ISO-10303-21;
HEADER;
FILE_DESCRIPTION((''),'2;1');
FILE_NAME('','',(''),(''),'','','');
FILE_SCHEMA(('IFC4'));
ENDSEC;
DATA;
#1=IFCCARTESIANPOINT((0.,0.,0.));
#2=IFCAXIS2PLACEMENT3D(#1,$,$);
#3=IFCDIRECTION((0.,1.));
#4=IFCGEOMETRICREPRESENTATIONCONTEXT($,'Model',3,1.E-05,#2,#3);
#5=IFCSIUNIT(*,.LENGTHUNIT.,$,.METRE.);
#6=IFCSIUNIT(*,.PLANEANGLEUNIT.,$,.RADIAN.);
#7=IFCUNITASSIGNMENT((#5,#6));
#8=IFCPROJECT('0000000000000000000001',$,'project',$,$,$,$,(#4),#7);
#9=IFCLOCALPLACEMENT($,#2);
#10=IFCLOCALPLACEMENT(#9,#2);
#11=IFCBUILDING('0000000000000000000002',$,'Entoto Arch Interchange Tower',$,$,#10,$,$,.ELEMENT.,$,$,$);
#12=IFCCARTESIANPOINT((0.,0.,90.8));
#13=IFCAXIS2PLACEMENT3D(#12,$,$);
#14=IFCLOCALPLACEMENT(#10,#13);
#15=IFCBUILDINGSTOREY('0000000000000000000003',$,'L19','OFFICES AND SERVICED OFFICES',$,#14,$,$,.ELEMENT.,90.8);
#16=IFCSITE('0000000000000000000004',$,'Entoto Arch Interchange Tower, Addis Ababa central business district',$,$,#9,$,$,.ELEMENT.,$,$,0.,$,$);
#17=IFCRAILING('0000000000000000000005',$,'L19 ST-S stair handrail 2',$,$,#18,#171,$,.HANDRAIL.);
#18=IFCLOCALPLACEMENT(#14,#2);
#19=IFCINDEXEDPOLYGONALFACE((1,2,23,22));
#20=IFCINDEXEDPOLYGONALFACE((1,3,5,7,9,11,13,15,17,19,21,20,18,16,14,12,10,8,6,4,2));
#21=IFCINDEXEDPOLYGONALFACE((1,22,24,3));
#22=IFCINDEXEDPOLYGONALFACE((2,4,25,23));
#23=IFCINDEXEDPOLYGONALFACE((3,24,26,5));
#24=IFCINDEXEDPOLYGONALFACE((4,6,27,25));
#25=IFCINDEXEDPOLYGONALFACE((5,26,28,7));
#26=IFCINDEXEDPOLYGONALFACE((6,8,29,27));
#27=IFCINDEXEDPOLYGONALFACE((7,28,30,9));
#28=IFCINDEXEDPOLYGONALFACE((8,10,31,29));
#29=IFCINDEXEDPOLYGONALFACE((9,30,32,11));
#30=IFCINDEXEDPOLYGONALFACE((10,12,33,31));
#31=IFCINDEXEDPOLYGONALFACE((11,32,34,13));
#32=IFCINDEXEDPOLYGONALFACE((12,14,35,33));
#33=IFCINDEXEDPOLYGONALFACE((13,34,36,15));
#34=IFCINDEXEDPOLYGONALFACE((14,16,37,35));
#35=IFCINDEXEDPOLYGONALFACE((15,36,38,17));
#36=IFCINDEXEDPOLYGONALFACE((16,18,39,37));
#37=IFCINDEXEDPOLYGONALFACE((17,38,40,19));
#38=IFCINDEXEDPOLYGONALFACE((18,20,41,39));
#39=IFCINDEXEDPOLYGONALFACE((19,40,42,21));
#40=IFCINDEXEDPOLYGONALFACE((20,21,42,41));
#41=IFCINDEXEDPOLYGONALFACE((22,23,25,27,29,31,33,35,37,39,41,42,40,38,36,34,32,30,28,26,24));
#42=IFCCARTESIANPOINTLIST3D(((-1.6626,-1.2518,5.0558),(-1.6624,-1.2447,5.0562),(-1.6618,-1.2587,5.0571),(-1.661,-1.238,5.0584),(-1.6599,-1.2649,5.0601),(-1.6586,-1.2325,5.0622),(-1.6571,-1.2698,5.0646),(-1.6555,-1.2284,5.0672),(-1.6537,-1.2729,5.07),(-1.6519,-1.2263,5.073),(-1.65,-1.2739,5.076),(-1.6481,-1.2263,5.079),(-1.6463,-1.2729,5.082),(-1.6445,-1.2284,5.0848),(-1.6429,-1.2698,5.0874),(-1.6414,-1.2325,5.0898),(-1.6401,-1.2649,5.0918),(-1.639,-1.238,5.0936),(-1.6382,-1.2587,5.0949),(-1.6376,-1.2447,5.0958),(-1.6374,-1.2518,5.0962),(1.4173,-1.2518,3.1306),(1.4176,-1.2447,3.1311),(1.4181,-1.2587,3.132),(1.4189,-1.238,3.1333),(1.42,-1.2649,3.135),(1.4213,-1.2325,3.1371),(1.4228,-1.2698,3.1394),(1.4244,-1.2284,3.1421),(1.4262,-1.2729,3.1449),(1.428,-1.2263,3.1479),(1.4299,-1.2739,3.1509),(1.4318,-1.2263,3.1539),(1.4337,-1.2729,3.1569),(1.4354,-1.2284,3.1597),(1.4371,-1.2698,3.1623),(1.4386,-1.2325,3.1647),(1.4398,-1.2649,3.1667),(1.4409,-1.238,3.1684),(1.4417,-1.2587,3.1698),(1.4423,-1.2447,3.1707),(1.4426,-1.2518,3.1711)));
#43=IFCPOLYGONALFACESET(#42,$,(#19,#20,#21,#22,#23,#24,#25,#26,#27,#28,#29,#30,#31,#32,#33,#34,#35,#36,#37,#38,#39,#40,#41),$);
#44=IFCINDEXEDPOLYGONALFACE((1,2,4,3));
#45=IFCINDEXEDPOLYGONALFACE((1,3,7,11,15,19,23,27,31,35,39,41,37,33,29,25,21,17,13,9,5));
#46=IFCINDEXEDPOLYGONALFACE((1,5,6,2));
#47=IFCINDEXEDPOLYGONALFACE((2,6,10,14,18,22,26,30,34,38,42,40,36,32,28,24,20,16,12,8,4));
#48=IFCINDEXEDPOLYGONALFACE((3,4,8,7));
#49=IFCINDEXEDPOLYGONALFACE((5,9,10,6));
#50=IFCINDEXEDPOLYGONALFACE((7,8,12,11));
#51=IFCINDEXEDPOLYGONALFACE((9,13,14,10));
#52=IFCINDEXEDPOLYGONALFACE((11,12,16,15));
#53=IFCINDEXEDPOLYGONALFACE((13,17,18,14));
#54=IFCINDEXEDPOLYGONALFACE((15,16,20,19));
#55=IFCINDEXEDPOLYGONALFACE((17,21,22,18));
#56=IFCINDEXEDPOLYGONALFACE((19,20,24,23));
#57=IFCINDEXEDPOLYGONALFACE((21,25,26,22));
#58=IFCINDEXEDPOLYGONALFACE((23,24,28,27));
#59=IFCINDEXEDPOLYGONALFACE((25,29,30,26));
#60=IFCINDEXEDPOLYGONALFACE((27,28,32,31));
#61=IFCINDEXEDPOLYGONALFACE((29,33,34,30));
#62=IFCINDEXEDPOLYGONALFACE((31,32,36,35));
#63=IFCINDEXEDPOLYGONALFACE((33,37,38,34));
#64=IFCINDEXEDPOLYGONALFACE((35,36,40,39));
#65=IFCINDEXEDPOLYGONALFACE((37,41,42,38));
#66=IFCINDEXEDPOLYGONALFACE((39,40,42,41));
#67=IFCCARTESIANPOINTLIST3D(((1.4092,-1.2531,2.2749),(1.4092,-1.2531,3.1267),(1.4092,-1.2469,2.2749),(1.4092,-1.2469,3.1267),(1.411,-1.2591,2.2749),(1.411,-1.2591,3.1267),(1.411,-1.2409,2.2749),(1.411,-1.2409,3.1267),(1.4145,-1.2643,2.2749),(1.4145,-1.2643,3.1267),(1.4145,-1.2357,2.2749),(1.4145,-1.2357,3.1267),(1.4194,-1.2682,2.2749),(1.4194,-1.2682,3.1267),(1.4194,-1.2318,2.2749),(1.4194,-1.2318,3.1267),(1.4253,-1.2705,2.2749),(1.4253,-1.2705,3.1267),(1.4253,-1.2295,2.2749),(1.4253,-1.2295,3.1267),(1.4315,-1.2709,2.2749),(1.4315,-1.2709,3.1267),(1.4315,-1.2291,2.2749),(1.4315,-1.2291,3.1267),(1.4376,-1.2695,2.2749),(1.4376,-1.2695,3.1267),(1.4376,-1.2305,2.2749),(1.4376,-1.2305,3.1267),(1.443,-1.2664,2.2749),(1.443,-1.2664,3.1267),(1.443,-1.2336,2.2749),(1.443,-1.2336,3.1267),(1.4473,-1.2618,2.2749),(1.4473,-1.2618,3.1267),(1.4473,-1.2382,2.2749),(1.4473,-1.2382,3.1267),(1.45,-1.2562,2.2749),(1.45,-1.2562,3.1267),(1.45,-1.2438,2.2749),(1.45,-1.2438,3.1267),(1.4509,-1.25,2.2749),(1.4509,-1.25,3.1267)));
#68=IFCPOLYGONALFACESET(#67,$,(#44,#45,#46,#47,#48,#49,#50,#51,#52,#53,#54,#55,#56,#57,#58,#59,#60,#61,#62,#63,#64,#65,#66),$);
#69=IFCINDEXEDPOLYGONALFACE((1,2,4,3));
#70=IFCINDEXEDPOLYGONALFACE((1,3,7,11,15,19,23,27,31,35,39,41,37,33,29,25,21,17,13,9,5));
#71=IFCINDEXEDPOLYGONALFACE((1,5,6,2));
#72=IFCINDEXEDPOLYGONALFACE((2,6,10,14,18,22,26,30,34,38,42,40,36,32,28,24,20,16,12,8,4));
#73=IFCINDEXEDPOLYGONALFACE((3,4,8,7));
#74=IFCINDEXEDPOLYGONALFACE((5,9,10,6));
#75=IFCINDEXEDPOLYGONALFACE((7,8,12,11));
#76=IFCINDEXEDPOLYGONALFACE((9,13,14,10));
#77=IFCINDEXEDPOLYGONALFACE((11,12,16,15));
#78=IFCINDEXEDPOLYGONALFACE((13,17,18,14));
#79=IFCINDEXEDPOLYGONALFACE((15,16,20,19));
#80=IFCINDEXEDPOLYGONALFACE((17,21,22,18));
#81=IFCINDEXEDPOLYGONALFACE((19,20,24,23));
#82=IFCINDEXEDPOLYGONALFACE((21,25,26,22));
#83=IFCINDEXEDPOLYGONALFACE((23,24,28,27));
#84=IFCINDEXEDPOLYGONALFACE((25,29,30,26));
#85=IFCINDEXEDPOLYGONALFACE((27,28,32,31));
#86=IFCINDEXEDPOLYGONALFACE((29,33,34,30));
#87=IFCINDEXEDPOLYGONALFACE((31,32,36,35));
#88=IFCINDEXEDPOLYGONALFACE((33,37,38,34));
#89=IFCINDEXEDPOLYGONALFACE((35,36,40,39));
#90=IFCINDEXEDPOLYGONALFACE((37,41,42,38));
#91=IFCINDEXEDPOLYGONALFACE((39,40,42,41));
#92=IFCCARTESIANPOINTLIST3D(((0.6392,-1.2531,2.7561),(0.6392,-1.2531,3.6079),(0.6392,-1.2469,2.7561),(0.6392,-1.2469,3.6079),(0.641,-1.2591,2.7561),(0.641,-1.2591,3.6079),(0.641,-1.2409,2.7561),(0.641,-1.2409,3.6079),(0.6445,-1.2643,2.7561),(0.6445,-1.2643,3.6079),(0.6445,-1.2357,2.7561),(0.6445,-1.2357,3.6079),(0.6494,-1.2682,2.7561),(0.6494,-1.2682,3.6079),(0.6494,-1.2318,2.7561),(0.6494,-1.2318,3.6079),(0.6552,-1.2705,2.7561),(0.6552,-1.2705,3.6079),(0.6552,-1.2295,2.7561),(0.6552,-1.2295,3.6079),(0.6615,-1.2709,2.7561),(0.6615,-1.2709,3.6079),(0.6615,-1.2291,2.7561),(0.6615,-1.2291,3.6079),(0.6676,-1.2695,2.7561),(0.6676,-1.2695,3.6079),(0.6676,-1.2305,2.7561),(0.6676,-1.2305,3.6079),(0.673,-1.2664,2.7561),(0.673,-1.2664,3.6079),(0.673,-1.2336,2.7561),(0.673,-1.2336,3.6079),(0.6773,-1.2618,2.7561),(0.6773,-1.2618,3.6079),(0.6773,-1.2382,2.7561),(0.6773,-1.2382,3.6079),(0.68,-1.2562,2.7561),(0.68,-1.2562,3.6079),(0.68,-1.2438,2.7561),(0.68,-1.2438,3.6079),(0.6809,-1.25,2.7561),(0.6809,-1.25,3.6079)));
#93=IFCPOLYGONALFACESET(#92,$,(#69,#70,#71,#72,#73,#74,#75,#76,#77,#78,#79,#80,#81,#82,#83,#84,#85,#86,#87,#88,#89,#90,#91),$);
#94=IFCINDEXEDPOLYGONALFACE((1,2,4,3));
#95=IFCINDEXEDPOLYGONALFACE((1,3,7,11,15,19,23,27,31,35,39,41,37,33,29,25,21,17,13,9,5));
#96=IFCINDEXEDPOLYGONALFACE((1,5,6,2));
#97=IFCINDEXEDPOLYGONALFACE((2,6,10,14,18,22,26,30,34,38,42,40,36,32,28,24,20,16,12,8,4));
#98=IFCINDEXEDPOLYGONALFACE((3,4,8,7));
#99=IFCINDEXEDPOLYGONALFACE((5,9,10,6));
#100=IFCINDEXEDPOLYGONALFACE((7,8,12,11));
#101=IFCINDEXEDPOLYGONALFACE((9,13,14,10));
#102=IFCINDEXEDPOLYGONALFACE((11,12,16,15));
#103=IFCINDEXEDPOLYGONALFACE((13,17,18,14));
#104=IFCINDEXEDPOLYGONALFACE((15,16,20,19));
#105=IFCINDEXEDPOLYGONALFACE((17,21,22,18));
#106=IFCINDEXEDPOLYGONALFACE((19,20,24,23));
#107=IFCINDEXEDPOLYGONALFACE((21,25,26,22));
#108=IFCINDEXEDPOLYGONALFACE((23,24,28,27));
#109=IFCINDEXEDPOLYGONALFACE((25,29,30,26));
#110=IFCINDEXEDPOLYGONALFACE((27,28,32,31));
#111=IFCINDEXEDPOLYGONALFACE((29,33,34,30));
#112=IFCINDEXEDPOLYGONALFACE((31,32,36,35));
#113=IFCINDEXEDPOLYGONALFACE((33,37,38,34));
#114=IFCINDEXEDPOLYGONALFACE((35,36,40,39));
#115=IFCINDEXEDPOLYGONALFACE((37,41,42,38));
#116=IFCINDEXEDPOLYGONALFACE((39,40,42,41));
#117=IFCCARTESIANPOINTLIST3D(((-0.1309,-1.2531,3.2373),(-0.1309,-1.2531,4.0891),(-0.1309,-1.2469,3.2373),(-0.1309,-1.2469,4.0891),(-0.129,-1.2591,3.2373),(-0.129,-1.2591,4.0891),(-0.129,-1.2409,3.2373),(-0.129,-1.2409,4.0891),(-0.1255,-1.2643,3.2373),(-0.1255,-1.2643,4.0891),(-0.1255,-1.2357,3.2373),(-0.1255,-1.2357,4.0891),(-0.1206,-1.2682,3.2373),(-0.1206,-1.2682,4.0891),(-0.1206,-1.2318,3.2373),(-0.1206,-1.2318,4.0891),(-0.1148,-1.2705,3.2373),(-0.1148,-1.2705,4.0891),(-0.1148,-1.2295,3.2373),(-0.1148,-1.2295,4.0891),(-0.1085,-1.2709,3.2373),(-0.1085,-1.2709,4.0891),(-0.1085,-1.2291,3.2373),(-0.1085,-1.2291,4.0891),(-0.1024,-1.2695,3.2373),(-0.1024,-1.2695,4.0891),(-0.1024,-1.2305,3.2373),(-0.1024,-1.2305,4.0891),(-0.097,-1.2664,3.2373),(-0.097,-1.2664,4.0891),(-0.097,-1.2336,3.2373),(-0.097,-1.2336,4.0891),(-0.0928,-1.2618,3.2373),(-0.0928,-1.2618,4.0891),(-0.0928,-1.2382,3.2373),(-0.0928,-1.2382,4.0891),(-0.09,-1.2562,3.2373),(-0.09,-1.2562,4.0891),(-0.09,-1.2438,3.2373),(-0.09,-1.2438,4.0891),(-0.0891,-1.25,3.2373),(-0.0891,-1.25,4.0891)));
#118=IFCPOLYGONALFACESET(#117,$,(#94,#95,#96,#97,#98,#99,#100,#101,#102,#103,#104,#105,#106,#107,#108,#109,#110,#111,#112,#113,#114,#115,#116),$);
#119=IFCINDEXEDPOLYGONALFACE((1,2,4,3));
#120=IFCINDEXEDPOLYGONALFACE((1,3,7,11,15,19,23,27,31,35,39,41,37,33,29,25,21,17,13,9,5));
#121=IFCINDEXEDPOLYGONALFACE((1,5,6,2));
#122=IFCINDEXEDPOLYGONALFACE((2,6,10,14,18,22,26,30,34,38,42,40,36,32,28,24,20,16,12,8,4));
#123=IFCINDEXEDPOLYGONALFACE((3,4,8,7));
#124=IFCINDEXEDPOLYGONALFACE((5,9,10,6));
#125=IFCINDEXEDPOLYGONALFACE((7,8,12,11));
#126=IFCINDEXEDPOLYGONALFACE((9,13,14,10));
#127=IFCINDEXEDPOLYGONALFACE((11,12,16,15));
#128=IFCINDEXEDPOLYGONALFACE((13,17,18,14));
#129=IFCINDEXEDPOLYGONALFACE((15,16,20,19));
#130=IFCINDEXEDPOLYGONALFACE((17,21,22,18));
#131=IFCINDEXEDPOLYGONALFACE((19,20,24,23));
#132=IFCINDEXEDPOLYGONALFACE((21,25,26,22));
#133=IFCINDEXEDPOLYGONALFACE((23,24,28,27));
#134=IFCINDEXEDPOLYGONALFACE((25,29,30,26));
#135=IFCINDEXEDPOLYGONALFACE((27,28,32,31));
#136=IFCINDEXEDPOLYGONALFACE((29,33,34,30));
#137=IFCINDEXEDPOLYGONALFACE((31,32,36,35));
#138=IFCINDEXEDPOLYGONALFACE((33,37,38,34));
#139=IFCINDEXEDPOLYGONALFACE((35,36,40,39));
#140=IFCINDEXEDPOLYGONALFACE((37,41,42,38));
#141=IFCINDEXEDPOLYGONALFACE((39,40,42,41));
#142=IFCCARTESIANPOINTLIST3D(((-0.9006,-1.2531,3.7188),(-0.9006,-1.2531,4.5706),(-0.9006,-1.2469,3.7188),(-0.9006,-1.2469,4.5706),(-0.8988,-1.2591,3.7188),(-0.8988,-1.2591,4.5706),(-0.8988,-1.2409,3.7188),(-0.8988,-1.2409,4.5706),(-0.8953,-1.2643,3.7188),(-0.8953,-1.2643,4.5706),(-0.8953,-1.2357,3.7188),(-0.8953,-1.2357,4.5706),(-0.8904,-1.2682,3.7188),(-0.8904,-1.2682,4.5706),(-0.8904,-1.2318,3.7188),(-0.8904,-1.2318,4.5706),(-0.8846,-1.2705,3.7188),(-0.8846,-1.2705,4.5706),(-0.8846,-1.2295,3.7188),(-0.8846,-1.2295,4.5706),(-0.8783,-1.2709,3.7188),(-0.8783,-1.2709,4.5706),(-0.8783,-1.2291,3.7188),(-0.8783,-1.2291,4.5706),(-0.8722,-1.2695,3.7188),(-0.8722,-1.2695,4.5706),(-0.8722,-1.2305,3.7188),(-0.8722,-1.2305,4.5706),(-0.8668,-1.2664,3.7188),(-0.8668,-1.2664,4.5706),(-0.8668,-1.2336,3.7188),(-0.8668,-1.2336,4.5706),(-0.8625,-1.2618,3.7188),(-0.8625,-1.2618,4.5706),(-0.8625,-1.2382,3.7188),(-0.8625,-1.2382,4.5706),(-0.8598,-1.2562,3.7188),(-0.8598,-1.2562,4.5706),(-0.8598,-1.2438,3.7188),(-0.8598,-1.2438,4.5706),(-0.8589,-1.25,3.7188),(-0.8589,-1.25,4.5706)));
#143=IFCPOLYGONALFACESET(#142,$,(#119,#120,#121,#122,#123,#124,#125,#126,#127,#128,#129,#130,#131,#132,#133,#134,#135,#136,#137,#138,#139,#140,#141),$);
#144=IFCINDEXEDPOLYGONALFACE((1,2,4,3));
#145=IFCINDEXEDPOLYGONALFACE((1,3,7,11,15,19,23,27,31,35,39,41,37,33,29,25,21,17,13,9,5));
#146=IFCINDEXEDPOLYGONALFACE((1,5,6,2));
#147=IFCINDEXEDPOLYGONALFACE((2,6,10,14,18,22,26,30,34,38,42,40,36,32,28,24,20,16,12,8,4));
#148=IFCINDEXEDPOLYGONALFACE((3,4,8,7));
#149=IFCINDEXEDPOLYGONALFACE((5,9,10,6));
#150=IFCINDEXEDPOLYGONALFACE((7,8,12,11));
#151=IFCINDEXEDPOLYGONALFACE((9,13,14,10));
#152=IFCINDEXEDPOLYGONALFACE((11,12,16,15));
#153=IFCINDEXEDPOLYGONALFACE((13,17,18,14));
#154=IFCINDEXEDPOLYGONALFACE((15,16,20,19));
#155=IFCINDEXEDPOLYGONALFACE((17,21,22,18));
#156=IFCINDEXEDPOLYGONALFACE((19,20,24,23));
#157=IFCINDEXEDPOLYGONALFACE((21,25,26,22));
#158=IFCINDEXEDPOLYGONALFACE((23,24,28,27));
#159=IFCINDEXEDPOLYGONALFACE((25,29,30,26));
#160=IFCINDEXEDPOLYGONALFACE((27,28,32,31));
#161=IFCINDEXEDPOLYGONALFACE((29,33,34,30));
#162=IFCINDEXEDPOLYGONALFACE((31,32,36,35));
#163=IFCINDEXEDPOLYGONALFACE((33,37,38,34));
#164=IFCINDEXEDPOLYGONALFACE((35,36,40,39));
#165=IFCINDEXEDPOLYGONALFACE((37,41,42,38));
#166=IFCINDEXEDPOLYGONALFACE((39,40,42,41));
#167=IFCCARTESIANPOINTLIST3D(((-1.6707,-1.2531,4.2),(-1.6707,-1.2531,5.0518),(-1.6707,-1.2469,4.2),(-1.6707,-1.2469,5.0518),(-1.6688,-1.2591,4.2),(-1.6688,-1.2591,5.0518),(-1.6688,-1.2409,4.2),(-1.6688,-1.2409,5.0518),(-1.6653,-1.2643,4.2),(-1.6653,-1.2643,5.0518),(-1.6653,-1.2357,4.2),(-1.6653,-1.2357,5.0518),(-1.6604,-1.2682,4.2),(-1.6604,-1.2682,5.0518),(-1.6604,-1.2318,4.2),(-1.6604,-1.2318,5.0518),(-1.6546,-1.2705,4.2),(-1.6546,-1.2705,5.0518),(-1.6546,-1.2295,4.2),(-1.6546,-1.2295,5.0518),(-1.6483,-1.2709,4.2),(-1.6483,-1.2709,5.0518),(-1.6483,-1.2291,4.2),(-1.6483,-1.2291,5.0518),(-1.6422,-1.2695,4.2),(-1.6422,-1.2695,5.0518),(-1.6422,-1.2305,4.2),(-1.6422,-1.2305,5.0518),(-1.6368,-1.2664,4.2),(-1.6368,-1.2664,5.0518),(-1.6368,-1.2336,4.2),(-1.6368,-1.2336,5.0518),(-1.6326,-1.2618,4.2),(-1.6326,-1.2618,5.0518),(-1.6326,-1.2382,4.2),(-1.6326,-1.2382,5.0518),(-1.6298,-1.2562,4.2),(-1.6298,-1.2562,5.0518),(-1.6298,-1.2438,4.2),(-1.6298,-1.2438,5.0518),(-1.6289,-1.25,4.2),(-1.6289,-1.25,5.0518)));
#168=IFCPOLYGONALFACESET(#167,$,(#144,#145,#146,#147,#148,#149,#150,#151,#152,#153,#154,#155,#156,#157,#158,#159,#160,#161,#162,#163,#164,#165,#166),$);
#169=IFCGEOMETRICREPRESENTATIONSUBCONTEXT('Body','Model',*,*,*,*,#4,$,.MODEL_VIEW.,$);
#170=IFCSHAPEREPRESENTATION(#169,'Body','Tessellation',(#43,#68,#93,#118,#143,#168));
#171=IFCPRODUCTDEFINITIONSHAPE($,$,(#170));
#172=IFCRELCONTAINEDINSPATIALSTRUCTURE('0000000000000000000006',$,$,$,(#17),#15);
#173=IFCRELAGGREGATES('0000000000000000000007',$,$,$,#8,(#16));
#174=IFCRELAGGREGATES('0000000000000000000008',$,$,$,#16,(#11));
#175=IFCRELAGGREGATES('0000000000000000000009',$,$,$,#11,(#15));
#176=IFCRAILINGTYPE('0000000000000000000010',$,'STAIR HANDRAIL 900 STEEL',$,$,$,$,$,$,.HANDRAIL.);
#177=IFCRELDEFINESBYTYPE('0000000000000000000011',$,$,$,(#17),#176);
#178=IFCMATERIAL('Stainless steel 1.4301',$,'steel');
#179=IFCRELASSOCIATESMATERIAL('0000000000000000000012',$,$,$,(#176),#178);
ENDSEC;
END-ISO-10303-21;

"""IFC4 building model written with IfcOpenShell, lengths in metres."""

from ifc_helpers import new_model, si_unit, direction, frame, origin, origin_2d, place, context, subcontext, project, spatial, circle, extrude, material, type_object, element, save


model = new_model("IFC4")

# Units and contexts
model_context = context("Model", 3, precision=1e-05, world=origin(), true_north=direction((0.0, 1.0)))
body_context = subcontext(model_context, "Body", "Model", "MODEL_VIEW")
ifc_project = project(units=[si_unit("LENGTHUNIT", "METRE"), si_unit("PLANEANGLEUNIT", "RADIAN")], contexts=[model_context])

# Site, building, storey
site_placement = place(None, origin())
site = spatial("IfcSite", under=ifc_project, at=site_placement, Name="Entoto Arch Interchange Tower, Addis Ababa central business district", CompositionType="ELEMENT", RefElevation=0.0)
building_placement = place(site_placement, origin())
building = spatial("IfcBuilding", under=site, at=building_placement, Name="Entoto Arch Interchange Tower", CompositionType="ELEMENT")
storey_placement = place(building_placement, frame((0.0, 0.0, 90.8)))
storey = spatial("IfcBuildingStorey", under=building, at=storey_placement, Name="L19", Description="OFFICES AND SERVICED OFFICES", CompositionType="ELEMENT", Elevation=90.8)

# Railing
ifc_material_1 = material(Name="Stainless steel 1.4301", Category="steel")
railing_type_1 = type_object("IfcRailingType", Name="STAIR HANDRAIL 900 STEEL", PredefinedType="HANDRAIL", material=ifc_material_1)
railing_1_placement = place(storey_placement, frame((1.4299, -1.25, 2.2749)))
element("IfcRailing", 1, at=railing_1_placement, inside=storey, type_object=railing_type_1, Name="L19 ST-S stair handrail 2", PredefinedType="HANDRAIL", context=body_context, shape_type="SweptSolid", body=[
    extrude(circle(Radius=0.0239, at=origin_2d()), frame((0.0, 0.0, 0.876), z_axis=(-0.847979, 0.0, 0.530029), x_axis=(0.0, -1.0, 0.0)), (0.0, 0.0, 1.0), 3.6321),
    extrude(circle(Radius=0.021, at=origin_2d()), origin(), (0.0, 0.0, 1.0), 0.8518),
    extrude(circle(Radius=0.021, at=origin_2d()), frame((-0.77, 0.0, 0.4812)), (0.0, 0.0, 1.0), 0.8518),
    extrude(circle(Radius=0.021, at=origin_2d()), frame((-1.54, 0.0, 0.9624)), (0.0, 0.0, 1.0), 0.8518),
    extrude(circle(Radius=0.021, at=origin_2d()), frame((-2.3098, 0.0, 1.4438)), (0.0, 0.0, 1.0), 0.8518),
    extrude(circle(Radius=0.021, at=origin_2d()), frame((-3.0798, 0.0, 1.925)), (0.0, 0.0, 1.0), 0.8518),
])

save(model, "model.ifc")
